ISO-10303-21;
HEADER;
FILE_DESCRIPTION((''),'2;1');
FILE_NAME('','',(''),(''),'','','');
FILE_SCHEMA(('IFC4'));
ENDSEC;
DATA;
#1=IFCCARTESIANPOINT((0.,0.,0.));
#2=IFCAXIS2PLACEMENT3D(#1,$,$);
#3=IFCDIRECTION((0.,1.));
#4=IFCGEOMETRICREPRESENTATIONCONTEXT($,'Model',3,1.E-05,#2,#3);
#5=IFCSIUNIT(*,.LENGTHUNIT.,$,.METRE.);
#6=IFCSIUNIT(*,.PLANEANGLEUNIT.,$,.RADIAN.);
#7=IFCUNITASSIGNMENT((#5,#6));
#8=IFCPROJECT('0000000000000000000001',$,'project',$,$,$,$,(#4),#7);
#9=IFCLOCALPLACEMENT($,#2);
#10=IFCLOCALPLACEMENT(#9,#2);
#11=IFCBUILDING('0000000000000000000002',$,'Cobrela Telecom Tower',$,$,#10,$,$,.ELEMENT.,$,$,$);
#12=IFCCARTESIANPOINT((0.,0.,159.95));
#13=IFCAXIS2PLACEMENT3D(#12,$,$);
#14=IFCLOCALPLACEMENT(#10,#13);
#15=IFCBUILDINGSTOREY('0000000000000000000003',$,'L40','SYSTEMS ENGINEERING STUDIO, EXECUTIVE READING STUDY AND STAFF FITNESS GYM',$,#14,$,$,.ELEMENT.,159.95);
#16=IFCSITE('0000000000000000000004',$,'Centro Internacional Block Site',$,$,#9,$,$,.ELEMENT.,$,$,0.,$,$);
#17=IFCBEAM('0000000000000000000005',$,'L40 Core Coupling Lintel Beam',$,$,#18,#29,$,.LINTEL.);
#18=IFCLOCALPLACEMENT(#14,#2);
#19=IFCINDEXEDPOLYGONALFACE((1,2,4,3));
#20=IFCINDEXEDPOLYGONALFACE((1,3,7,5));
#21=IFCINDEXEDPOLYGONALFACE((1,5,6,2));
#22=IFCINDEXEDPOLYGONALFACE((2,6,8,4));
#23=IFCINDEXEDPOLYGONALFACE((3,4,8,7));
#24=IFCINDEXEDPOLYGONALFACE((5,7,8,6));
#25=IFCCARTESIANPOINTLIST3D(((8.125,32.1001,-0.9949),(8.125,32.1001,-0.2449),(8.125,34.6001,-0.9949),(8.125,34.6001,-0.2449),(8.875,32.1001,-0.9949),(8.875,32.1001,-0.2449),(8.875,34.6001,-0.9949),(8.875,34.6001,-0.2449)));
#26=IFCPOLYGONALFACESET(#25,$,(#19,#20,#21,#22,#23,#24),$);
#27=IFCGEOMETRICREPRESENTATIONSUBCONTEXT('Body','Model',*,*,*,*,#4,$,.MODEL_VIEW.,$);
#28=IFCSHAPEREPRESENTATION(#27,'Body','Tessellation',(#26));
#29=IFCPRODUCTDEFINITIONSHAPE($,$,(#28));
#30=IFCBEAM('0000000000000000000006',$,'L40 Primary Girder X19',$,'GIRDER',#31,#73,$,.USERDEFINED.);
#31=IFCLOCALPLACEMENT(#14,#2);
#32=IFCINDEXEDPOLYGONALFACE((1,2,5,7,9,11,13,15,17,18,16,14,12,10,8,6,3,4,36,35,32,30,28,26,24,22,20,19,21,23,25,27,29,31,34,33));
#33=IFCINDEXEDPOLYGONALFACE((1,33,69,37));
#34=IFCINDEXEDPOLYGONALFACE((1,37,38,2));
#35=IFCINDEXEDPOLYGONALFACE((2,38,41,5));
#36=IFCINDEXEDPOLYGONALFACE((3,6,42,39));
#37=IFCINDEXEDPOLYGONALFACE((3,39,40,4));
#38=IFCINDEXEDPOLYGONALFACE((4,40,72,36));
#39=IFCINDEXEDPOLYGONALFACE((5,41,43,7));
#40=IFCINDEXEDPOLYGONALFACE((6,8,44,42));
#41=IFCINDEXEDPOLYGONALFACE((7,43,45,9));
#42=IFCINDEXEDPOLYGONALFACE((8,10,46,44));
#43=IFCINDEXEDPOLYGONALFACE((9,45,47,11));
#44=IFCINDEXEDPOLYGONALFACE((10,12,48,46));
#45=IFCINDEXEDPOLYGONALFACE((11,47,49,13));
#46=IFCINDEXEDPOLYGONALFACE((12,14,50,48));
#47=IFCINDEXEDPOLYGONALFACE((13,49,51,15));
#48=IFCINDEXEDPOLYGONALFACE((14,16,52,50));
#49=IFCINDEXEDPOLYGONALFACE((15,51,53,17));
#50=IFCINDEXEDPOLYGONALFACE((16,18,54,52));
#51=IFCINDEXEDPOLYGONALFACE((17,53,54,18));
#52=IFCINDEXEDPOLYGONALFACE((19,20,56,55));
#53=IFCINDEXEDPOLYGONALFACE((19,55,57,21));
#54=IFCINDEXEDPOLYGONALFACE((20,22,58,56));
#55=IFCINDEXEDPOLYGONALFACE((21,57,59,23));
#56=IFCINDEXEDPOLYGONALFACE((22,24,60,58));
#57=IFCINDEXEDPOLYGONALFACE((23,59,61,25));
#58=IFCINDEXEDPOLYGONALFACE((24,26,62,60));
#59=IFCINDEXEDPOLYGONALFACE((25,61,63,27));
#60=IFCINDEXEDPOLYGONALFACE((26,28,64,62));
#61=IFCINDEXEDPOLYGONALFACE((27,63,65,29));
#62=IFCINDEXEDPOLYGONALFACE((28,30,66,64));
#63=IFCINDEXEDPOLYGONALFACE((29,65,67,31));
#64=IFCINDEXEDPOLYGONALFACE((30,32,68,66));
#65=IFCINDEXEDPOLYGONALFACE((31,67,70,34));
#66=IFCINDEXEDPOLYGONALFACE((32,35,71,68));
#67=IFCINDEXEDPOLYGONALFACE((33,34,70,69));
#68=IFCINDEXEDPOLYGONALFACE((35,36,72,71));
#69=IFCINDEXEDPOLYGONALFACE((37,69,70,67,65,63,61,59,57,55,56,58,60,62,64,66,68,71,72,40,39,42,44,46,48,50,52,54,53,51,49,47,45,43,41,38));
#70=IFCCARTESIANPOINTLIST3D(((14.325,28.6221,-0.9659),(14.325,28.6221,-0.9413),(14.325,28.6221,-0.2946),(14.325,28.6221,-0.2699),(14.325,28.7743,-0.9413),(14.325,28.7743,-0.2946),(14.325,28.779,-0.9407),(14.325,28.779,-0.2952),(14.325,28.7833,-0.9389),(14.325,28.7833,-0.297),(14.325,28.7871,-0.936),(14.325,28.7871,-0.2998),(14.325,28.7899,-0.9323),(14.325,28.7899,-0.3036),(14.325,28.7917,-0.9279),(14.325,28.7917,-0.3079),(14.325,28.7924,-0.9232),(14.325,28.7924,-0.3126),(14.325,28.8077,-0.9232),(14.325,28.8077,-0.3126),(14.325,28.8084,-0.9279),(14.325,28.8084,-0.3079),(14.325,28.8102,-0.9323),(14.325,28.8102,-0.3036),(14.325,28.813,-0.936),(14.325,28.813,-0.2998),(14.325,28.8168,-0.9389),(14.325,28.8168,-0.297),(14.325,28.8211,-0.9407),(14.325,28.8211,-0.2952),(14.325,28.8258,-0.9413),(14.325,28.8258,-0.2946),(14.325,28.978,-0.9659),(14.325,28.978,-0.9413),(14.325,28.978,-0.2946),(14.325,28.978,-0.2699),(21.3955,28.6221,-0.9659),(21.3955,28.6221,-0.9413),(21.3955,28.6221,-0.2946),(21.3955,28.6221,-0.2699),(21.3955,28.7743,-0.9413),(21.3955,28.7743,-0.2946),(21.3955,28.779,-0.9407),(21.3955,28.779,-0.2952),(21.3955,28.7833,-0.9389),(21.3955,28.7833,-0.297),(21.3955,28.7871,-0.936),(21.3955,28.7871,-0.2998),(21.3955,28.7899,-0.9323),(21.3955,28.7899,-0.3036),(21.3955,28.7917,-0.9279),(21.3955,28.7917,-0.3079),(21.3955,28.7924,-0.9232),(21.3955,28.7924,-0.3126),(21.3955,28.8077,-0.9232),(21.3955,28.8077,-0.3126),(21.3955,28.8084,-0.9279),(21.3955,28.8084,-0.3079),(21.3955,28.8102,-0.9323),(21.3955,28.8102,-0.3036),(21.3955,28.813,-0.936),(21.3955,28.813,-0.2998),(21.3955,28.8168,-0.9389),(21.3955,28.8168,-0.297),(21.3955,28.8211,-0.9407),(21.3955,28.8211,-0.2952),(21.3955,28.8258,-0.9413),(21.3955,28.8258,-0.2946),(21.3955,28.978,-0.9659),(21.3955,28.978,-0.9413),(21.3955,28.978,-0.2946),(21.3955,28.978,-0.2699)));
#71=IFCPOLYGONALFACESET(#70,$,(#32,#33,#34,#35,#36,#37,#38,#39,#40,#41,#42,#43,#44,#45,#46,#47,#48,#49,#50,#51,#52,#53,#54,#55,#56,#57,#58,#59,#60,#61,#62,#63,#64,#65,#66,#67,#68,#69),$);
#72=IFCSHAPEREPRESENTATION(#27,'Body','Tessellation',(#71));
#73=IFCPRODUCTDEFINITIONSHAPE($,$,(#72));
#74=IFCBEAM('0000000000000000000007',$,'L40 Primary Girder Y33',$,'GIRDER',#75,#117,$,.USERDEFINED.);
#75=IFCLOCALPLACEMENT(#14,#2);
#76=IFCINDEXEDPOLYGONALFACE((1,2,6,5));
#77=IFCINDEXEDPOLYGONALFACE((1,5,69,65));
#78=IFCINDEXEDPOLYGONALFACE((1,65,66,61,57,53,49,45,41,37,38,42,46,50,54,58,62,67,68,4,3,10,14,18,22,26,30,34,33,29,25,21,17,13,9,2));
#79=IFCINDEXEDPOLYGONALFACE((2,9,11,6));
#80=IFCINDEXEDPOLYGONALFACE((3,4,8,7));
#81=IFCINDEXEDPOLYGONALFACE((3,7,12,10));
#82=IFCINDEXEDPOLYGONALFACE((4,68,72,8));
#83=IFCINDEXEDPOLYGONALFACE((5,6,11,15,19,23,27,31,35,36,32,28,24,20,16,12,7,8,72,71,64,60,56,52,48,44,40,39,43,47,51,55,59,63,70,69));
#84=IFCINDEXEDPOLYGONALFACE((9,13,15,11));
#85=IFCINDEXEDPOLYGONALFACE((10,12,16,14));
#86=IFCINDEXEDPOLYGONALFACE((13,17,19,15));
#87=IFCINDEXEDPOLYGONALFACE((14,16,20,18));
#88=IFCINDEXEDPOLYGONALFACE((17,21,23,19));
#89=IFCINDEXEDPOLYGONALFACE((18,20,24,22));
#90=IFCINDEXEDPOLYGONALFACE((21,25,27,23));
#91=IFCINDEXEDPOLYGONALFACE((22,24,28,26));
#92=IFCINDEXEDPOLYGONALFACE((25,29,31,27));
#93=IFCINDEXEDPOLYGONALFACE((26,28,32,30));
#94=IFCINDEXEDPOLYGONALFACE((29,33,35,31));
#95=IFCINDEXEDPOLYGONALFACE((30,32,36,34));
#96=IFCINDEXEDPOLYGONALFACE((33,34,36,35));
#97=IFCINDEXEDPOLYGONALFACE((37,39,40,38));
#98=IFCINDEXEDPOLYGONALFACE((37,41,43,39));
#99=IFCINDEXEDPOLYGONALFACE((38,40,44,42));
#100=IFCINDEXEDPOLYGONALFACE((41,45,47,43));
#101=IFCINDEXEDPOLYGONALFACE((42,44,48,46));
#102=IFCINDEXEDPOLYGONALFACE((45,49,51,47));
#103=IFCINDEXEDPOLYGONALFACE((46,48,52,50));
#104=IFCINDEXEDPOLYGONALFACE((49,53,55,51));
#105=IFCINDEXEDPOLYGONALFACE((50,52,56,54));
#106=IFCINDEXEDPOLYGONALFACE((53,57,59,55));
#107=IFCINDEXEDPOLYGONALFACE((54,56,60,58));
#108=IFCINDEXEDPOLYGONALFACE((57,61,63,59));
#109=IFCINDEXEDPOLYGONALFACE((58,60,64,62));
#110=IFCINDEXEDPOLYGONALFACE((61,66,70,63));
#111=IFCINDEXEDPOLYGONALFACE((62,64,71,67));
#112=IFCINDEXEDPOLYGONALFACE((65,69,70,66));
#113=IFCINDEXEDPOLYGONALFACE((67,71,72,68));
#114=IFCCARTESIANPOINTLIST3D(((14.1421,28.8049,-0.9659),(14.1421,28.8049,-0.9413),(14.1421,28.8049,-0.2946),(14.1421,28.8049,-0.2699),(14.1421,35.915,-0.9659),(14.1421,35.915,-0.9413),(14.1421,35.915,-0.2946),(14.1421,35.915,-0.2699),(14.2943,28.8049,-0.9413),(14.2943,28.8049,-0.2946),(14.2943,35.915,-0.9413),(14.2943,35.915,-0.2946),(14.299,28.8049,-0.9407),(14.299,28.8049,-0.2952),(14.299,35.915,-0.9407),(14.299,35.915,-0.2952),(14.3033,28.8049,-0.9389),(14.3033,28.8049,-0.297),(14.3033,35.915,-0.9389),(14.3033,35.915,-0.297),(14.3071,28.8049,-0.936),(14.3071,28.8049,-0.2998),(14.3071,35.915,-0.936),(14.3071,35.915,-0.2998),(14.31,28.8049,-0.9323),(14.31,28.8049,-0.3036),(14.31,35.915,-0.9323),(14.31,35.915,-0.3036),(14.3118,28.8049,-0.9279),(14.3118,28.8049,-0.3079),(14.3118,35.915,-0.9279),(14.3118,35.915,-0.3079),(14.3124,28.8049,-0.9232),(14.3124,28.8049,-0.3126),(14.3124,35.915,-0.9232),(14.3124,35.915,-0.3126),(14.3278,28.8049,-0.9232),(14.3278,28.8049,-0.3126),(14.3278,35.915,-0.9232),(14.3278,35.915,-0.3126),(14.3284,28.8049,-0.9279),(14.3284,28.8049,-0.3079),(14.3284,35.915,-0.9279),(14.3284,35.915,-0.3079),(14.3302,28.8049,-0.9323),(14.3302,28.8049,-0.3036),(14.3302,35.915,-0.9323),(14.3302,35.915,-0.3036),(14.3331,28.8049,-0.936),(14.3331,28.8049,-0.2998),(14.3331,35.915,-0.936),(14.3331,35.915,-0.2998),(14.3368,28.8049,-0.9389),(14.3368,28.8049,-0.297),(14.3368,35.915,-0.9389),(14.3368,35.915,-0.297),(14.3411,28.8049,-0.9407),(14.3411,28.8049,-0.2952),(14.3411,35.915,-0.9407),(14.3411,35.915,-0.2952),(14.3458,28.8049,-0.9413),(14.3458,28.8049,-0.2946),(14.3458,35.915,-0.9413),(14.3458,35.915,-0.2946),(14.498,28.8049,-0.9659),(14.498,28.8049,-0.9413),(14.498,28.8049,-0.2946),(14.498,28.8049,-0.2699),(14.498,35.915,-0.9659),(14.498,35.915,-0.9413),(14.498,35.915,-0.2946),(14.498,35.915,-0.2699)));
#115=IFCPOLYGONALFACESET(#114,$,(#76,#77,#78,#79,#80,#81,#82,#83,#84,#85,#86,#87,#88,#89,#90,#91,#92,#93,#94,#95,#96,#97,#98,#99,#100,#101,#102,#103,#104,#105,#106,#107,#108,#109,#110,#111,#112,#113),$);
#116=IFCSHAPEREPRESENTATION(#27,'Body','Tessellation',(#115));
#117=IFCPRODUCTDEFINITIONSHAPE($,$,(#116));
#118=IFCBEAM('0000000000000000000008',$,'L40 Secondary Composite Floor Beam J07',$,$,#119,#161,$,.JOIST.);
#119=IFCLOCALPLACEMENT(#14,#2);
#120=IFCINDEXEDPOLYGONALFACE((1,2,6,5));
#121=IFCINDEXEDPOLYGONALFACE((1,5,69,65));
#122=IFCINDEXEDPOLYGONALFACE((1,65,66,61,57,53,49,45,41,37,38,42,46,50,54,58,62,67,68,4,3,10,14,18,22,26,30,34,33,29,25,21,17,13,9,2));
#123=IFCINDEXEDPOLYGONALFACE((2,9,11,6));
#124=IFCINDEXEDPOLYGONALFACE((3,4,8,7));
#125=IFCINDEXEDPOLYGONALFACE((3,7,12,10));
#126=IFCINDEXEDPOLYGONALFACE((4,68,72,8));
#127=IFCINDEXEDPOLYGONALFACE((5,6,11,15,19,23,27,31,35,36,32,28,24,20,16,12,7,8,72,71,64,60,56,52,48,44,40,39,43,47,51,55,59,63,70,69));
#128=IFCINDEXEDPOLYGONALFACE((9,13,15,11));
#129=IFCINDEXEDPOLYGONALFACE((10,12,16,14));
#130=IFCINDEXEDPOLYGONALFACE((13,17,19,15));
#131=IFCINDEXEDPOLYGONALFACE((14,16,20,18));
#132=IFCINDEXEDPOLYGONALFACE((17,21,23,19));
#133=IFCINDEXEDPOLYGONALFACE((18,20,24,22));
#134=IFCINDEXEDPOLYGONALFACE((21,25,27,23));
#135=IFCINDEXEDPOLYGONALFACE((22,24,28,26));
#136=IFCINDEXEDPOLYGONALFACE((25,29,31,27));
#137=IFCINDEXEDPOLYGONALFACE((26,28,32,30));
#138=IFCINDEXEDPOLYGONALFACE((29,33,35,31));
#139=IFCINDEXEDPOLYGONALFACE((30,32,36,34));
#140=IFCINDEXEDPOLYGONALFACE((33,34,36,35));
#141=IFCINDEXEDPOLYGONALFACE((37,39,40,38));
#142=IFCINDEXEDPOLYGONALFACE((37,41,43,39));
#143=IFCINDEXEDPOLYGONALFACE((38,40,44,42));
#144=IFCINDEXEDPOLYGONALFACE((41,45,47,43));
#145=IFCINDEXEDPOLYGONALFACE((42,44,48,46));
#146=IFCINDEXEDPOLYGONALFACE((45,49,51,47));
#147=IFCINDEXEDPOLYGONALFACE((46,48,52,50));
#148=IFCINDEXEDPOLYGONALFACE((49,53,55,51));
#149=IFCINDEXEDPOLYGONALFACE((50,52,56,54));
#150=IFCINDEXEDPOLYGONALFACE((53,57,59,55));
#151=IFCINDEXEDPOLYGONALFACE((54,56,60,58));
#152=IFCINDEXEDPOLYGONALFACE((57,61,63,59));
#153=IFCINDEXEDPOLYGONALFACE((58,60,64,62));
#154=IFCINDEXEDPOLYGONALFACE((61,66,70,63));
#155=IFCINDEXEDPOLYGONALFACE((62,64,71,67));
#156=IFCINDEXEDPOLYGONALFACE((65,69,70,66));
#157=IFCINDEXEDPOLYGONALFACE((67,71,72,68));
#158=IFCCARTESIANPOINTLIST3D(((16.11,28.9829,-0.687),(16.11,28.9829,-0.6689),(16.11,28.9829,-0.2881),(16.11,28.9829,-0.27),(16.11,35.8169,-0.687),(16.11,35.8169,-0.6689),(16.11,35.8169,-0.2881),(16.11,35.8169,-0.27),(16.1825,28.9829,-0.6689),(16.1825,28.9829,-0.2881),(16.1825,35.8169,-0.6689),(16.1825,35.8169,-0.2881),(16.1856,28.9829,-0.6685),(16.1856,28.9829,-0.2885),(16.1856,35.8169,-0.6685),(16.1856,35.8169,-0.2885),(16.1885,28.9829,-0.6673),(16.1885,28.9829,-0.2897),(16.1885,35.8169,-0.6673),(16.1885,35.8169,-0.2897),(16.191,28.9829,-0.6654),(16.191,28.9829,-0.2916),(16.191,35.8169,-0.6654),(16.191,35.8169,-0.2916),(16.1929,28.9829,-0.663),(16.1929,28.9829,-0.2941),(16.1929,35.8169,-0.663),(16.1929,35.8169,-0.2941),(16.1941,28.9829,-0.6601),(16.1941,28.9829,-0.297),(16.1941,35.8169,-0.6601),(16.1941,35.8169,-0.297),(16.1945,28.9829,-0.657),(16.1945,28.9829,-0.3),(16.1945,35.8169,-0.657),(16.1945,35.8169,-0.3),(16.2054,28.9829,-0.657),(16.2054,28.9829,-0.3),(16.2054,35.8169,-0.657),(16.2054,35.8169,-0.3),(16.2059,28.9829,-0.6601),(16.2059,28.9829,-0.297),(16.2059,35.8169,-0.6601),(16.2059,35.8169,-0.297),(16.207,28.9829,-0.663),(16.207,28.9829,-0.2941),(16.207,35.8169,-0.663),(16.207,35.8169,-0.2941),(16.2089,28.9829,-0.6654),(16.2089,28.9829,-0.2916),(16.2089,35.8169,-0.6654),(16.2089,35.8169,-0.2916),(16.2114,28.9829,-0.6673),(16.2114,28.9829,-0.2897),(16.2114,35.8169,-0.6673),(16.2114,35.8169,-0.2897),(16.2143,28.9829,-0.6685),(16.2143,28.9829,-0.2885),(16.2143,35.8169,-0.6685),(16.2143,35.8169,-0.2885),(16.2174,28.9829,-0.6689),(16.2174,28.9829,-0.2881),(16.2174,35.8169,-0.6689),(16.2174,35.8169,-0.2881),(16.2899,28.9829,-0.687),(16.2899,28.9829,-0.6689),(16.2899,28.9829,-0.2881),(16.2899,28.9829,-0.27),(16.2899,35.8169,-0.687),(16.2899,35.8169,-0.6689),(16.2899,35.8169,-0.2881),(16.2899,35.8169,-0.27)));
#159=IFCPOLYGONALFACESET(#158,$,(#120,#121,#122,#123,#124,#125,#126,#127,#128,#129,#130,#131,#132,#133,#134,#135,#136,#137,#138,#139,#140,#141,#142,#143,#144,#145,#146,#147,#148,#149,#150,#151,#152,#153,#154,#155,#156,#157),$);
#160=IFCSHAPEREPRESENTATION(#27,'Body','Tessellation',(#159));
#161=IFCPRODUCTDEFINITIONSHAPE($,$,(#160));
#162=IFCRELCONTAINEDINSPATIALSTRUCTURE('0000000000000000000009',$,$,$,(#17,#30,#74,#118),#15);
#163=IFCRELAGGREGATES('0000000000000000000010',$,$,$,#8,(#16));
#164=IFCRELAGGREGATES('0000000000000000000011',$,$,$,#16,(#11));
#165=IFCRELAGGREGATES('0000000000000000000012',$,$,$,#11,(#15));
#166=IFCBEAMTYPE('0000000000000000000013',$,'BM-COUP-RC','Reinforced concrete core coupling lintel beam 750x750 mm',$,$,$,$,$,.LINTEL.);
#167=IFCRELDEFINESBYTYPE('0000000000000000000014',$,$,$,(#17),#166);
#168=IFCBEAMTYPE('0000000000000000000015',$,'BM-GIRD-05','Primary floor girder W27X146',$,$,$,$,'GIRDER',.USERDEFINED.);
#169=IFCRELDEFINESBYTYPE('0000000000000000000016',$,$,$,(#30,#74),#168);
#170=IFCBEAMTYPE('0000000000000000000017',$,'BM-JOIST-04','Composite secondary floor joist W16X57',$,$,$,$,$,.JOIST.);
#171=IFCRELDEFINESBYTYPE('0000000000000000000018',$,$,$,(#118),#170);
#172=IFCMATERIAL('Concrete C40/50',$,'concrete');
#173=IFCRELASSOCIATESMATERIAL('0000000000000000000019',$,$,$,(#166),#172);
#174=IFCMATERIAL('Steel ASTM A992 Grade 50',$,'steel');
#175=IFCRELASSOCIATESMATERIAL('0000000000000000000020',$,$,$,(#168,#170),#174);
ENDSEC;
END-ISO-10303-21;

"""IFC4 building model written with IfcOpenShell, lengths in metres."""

from ifc_helpers import new_model, si_unit, direction, frame, origin, origin_2d, place, context, subcontext, project, spatial, rectangle, i_section, extrude, material, material_profile, profile_set, type_object, element, save


model = new_model("IFC4")

# Units and contexts
model_context = context("Model", 3, precision=1e-05, world=origin(), true_north=direction((0.0, 1.0)))
body_context = subcontext(model_context, "Body", "Model", "MODEL_VIEW")
ifc_project = project(units=[si_unit("LENGTHUNIT", "METRE"), si_unit("PLANEANGLEUNIT", "RADIAN")], contexts=[model_context])

# Site, building, storey
site_placement = place(None, origin())
site = spatial("IfcSite", under=ifc_project, at=site_placement, Name="Centro Internacional Block Site", CompositionType="ELEMENT", RefElevation=0.0)
building_placement = place(site_placement, origin())
building = spatial("IfcBuilding", under=site, at=building_placement, Name="Cobrela Telecom Tower", CompositionType="ELEMENT")
storey_placement = place(building_placement, frame((0.0, 0.0, 159.95)))
storey = spatial("IfcBuildingStorey", under=building, at=storey_placement, Name="L40", Description="SYSTEMS ENGINEERING STUDIO, EXECUTIVE READING STUDY AND STAFF FITNESS GYM", CompositionType="ELEMENT", Elevation=159.95)

# Beams
ifc_material_1 = material(Name="Concrete C40/50", Category="concrete")
ifc_material_profile_1 = material_profile(ifc_material_1, rectangle(XDim=0.75, YDim=0.75, at=origin_2d()), Name="RC 750x750")
ifc_profile_set_1 = profile_set([ifc_material_profile_1], Name="Concrete C40/50")
beam_type_1 = type_object("IfcBeamType", Name="BM-COUP-RC", Description="Reinforced concrete core coupling lintel beam 750x750 mm", PredefinedType="LINTEL", material=ifc_profile_set_1)
beam_1_placement = place(storey_placement, frame((8.5, 32.1001, -0.6199), z_axis=(0.0, 1.0, 0.0), x_axis=(-1.0, 0.0, 0.0)))
element("IfcBeam", 1, at=beam_1_placement, inside=storey, type_object=beam_type_1, Name="L40 Core Coupling Lintel Beam", PredefinedType="LINTEL", context=body_context, shape_type="SweptSolid", body=[
    extrude(rectangle(XDim=0.75, YDim=0.75, at=origin_2d()), origin(), (0.0, 0.0, 1.0), 2.5),
])
ifc_material_2 = material(Name="Steel ASTM A992 Grade 50", Category="steel")
ifc_material_profile_2 = material_profile(ifc_material_2, i_section(OverallWidth=0.356, OverallDepth=0.696, WebThickness=0.0154, FlangeThickness=0.0247, FilletRadius=0.0181, at=origin_2d()), Name="W27X146")
ifc_profile_set_2 = profile_set([ifc_material_profile_2], Name="Steel ASTM A992 Grade 50")
beam_type_2 = type_object("IfcBeamType", Name="BM-GIRD-05", Description="Primary floor girder W27X146", ElementType="GIRDER", PredefinedType="USERDEFINED", material=ifc_profile_set_2)
beam_2_placement = place(storey_placement, frame((14.325, 28.8, -0.6179), z_axis=(1.0, 0.0, 0.0), x_axis=(0.0, 1.0, 0.0)))
element("IfcBeam", 2, at=beam_2_placement, inside=storey, type_object=beam_type_2, Name="L40 Primary Girder X19", ObjectType="GIRDER", PredefinedType="USERDEFINED", context=body_context, shape_type="SweptSolid", body=[
    extrude(i_section(OverallWidth=0.356, OverallDepth=0.696, WebThickness=0.0154, FlangeThickness=0.0247, FilletRadius=0.0181, at=origin_2d()), origin(), (0.0, 0.0, 1.0), 7.0706),
])
beam_3_placement = place(storey_placement, frame((14.3201, 28.8049, -0.6179), z_axis=(0.0, 1.0, 0.0), x_axis=(-1.0, 0.0, 0.0)))
element("IfcBeam", 3, at=beam_3_placement, inside=storey, type_object=beam_type_2, Name="L40 Primary Girder Y33", ObjectType="GIRDER", PredefinedType="USERDEFINED", context=body_context, shape_type="SweptSolid", body=[
    extrude(i_section(OverallWidth=0.356, OverallDepth=0.696, WebThickness=0.0154, FlangeThickness=0.0247, FilletRadius=0.0181, at=origin_2d()), origin(), (0.0, 0.0, 1.0), 7.1101),
])
ifc_material_profile_3 = material_profile(ifc_material_2, i_section(OverallWidth=0.1799, OverallDepth=0.417, WebThickness=0.011, FlangeThickness=0.0181, FilletRadius=0.012, at=origin_2d()), Name="W16X57")
ifc_profile_set_3 = profile_set([ifc_material_profile_3], Name="Steel ASTM A992 Grade 50")
beam_type_3 = type_object("IfcBeamType", Name="BM-JOIST-04", Description="Composite secondary floor joist W16X57", PredefinedType="JOIST", material=ifc_profile_set_3)
for number, where, z_axis, x_axis, name in (
    (4, (16.2, 28.9829, -0.4785), (0.0, 1.0, 0.0), (-1.0, 0.0, 0.0), "L40 Secondary Composite Floor Beam J07"),
):
    element("IfcBeam", number, at=place(storey_placement, frame(where, z_axis=z_axis, x_axis=x_axis)), inside=storey, type_object=beam_type_3, Name=name, PredefinedType="JOIST", context=body_context, shape_type="SweptSolid", body=[
        extrude(i_section(OverallWidth=0.1799, OverallDepth=0.417, WebThickness=0.011, FlangeThickness=0.0181, FilletRadius=0.012, at=origin_2d()), origin(), (0.0, 0.0, 1.0), 6.834),
    ])

save(model, "model.ifc")
